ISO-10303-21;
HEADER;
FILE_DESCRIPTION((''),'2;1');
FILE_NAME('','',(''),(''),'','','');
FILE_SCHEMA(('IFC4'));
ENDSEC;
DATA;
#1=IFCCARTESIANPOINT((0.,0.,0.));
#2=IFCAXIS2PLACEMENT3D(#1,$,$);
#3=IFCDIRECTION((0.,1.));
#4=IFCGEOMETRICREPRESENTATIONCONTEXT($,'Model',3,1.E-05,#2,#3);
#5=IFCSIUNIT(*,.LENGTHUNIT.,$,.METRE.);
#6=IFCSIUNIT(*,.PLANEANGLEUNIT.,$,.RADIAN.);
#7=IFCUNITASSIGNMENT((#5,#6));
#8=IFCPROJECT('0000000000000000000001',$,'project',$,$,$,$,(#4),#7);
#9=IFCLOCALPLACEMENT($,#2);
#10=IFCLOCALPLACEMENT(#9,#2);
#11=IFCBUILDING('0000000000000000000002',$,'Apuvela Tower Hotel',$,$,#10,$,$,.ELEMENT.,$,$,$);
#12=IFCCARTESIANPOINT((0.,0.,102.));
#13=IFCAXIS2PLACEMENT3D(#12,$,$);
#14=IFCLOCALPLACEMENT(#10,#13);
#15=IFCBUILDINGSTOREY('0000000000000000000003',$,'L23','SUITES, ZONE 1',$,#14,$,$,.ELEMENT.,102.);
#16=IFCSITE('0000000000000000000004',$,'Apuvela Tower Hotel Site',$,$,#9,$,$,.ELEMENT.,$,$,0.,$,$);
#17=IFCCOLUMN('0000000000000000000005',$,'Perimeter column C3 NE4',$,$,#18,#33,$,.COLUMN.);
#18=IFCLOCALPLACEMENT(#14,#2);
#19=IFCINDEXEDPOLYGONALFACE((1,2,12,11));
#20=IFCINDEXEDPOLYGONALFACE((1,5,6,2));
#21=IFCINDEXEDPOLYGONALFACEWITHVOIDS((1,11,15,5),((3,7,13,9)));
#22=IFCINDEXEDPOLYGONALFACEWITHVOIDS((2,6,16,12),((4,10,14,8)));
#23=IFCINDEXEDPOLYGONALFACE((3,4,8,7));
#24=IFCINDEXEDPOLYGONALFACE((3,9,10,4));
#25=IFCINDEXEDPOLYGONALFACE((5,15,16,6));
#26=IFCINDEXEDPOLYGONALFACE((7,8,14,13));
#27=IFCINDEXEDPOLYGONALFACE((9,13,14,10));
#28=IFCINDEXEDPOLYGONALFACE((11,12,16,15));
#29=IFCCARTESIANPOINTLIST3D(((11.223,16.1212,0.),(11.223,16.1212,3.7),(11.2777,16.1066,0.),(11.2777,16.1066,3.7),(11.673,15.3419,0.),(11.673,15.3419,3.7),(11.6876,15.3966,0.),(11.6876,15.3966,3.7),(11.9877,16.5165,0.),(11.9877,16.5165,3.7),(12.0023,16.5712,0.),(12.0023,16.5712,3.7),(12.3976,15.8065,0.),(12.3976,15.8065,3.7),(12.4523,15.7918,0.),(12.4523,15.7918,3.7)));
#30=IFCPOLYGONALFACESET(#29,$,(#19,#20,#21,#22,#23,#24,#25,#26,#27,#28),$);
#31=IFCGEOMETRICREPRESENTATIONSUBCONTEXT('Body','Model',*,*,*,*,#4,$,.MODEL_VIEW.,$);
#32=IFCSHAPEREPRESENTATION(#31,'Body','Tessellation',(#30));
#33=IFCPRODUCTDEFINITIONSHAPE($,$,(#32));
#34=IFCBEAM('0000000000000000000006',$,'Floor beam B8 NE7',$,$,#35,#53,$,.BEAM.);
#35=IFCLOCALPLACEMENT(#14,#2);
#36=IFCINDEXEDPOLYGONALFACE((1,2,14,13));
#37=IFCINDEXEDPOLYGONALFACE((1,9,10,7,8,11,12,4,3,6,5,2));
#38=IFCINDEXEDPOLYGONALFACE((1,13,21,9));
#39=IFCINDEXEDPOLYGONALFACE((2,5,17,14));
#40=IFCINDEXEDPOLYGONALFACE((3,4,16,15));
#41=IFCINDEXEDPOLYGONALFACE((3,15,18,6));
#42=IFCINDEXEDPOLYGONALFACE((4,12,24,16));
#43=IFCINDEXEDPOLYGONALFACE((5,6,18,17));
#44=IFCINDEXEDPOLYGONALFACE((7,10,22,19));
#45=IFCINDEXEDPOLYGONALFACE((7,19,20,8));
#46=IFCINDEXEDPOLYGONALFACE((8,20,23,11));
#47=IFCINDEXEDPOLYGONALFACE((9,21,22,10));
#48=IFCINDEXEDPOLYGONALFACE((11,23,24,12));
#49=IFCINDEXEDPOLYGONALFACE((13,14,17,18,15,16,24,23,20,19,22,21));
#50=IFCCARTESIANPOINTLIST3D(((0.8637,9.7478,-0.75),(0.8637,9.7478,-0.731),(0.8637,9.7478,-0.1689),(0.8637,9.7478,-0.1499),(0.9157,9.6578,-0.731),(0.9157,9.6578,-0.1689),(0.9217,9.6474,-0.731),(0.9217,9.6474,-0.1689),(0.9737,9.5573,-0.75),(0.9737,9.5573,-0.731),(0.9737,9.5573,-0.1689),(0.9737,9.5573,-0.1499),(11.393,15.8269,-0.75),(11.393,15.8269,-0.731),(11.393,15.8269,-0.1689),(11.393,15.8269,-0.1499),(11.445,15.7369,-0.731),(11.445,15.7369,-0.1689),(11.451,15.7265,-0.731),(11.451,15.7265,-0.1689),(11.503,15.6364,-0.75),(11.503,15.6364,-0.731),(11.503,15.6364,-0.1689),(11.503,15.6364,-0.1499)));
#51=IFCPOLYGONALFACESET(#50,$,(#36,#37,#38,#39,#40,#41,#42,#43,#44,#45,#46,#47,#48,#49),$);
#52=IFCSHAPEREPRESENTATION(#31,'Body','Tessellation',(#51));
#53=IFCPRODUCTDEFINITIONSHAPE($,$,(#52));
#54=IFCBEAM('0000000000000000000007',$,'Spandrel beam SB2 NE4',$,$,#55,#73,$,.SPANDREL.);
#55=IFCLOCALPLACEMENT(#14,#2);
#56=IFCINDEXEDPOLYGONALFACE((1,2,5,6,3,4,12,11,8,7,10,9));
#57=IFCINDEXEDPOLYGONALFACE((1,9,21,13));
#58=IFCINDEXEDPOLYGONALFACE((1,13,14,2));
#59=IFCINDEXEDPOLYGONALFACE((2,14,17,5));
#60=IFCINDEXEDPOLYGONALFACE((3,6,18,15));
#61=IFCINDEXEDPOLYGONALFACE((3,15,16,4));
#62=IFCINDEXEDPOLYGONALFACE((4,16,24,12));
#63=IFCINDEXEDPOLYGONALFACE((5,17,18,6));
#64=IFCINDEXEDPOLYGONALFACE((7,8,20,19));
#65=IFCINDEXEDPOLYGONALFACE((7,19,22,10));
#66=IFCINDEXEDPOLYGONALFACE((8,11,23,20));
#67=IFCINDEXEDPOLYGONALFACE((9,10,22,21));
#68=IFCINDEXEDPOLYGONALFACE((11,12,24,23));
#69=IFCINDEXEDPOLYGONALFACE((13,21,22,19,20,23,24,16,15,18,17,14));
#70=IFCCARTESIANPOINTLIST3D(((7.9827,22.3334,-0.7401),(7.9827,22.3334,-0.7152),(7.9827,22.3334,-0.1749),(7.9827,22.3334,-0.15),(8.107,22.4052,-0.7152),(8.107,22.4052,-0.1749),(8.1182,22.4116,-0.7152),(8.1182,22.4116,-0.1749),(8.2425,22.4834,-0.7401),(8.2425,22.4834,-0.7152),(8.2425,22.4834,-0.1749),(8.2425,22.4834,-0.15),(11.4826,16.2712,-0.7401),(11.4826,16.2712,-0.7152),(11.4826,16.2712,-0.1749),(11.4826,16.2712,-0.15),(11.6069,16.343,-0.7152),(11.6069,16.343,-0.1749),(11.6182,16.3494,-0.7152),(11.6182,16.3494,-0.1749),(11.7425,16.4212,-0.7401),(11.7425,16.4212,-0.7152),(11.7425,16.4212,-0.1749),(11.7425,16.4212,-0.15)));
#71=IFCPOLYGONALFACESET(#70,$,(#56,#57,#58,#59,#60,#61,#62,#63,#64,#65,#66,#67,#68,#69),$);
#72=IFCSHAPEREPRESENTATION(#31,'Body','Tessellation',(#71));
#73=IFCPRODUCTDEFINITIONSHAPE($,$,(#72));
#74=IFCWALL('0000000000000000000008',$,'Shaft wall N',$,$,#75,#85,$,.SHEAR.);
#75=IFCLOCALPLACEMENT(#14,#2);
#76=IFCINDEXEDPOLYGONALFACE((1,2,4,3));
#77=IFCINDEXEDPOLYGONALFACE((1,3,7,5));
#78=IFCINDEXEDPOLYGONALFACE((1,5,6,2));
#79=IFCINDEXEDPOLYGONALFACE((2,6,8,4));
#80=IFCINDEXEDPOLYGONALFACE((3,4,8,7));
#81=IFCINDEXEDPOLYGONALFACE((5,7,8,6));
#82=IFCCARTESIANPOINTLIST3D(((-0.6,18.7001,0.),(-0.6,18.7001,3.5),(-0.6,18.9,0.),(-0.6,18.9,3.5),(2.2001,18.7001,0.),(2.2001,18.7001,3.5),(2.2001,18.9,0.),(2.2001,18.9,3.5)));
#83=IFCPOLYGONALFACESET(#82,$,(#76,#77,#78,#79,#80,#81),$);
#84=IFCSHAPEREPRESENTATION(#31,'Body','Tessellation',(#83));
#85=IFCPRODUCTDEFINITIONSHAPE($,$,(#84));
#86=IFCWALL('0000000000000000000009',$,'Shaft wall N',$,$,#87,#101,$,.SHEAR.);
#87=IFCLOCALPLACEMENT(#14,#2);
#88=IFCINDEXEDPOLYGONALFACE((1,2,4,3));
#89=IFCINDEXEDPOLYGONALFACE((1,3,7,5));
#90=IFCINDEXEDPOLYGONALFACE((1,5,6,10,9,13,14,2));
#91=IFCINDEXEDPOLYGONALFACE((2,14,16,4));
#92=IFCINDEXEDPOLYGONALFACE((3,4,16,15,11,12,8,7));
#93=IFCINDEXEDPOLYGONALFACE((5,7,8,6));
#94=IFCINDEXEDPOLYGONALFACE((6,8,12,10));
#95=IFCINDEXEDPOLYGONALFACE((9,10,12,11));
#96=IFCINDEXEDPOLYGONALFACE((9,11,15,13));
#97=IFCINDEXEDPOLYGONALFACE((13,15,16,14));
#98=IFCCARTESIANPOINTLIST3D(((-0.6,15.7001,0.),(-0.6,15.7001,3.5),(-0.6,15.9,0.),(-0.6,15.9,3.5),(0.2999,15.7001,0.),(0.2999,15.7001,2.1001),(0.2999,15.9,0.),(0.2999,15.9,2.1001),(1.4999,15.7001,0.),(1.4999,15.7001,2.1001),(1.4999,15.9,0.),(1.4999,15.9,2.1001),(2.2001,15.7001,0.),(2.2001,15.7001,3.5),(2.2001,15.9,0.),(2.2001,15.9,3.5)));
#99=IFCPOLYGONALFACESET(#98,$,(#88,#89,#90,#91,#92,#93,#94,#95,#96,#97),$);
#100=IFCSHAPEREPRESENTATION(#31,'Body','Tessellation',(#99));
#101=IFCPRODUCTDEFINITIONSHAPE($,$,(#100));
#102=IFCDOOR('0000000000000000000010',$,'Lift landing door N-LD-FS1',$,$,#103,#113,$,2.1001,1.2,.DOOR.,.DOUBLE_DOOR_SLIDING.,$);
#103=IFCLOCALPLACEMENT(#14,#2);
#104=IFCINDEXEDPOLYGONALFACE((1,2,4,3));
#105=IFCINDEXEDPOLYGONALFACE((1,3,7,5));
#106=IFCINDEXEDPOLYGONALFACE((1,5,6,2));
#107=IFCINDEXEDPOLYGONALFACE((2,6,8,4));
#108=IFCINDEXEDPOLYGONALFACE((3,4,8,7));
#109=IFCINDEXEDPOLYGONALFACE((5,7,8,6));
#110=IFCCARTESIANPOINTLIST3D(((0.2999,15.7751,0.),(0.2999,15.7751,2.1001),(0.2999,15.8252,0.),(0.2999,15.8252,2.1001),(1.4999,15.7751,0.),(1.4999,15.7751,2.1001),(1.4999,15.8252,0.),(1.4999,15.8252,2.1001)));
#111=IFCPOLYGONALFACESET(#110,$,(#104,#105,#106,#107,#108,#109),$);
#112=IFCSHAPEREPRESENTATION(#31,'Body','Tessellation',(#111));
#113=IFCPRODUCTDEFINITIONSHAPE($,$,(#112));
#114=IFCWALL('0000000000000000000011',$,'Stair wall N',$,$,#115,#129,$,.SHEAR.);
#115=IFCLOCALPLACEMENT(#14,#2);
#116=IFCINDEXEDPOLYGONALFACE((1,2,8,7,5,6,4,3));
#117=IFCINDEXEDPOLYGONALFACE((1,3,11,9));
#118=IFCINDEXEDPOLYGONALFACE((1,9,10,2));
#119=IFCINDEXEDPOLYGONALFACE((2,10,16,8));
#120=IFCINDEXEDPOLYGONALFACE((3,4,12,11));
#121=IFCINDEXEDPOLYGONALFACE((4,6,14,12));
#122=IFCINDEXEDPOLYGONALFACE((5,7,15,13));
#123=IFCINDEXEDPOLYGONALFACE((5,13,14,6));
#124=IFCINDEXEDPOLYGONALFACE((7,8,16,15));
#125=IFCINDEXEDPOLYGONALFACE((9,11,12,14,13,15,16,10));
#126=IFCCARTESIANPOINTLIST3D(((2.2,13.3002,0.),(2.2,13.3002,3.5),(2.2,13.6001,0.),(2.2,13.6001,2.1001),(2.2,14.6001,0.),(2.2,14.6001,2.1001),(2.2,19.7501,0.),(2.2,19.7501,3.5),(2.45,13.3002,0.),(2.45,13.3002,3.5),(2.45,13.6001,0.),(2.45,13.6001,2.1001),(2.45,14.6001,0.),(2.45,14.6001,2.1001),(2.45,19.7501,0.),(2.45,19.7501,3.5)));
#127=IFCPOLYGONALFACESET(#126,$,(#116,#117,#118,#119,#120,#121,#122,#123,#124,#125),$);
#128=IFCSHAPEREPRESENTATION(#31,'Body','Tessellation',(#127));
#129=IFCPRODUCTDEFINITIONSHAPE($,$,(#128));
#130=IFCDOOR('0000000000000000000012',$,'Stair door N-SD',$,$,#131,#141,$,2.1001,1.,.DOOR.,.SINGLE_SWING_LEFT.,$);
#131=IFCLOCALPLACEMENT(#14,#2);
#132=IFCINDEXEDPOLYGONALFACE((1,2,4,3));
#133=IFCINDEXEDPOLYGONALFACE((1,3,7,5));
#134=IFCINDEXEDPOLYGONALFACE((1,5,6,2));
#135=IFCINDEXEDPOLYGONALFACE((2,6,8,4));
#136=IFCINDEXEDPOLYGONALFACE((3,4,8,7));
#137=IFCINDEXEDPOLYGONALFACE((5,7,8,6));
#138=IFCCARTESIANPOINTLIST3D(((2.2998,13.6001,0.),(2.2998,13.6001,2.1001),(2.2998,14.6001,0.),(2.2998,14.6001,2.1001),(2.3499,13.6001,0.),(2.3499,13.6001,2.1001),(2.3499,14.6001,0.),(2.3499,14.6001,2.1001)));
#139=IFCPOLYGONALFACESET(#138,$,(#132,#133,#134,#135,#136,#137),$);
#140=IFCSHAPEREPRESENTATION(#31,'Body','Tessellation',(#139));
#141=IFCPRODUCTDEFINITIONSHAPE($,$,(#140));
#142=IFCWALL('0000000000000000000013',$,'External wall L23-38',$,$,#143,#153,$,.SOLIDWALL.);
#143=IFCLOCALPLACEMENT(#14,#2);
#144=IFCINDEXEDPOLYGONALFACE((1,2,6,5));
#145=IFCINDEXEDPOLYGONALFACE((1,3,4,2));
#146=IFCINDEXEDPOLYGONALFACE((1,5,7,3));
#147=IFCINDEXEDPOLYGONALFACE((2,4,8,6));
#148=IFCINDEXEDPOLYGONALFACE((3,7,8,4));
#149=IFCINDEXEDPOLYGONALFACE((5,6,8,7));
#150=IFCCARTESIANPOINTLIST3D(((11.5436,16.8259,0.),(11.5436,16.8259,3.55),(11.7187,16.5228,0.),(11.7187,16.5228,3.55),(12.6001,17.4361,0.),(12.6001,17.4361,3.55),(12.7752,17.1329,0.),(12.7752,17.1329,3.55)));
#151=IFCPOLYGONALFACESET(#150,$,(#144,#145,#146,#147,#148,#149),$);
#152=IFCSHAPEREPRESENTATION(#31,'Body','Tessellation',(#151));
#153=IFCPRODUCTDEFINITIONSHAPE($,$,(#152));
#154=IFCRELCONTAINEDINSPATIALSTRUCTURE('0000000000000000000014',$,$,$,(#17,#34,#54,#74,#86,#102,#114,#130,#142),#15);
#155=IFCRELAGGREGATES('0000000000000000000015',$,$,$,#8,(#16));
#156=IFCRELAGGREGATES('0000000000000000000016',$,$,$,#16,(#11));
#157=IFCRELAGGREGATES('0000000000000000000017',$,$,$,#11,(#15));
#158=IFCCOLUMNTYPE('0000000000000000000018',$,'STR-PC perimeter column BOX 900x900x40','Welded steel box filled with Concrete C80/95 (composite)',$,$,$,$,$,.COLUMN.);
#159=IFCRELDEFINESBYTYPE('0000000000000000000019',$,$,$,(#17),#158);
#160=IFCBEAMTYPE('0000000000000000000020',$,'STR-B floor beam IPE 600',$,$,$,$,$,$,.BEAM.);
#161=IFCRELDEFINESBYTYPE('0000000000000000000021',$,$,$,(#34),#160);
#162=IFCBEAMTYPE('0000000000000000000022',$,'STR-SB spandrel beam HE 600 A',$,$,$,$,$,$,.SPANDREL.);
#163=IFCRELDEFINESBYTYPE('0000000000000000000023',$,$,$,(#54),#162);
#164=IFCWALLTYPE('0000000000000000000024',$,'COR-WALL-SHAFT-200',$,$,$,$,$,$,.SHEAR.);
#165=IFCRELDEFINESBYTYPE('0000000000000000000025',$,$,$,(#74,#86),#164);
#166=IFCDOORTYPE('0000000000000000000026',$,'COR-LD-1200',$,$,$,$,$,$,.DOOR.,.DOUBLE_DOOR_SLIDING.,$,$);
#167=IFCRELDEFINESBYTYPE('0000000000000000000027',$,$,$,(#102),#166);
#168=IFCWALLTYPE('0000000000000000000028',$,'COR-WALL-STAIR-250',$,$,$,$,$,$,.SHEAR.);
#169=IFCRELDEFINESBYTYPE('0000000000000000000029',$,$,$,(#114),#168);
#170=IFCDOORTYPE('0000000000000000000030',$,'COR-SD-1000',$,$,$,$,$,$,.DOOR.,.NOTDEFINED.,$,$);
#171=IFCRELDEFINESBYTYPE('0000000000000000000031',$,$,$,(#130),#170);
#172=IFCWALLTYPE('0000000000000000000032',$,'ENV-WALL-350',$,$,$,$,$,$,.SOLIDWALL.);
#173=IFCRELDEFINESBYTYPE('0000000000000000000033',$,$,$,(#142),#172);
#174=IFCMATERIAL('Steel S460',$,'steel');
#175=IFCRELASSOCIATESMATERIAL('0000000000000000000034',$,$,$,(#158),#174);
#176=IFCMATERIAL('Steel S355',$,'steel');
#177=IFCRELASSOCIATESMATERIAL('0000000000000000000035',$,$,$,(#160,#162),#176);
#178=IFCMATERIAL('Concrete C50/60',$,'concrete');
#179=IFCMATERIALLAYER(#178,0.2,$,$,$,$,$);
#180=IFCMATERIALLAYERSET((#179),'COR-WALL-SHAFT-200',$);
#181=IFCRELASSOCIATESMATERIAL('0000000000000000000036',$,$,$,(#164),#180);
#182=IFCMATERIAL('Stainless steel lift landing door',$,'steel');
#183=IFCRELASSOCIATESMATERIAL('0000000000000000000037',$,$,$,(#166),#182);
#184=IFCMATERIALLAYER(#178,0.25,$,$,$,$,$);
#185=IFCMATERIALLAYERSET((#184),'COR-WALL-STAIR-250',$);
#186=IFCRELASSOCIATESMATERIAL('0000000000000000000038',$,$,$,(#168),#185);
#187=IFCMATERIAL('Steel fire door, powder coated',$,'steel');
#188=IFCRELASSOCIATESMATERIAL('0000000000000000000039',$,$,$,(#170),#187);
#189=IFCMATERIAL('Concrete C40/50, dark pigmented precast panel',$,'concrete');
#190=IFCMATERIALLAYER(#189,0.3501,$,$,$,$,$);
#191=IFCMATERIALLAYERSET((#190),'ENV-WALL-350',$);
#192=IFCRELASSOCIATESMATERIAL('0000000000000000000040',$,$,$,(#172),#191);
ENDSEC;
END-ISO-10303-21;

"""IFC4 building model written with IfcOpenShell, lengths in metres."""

from ifc_helpers import new_model, si_unit, direction, frame, frame_2d, origin, origin_2d, place, context, subcontext, project, spatial, rectangle, hollow_rectangle, i_section, extrude, material, layer, layer_set, material_profile, profile_set, type_object, element, fill, save


model = new_model("IFC4")

# Units and contexts
model_context = context("Model", 3, precision=1e-05, world=origin(), true_north=direction((0.0, 1.0)))
body_context = subcontext(model_context, "Body", "Model", "MODEL_VIEW")
ifc_project = project(units=[si_unit("LENGTHUNIT", "METRE"), si_unit("PLANEANGLEUNIT", "RADIAN")], contexts=[model_context])

# Site, building, storey
site_placement = place(None, origin())
site = spatial("IfcSite", under=ifc_project, at=site_placement, Name="Apuvela Tower Hotel Site", CompositionType="ELEMENT", RefElevation=0.0)
building_placement = place(site_placement, origin())
building = spatial("IfcBuilding", under=site, at=building_placement, Name="Apuvela Tower Hotel", CompositionType="ELEMENT")
storey_placement = place(building_placement, frame((0.0, 0.0, 102.0)))
storey = spatial("IfcBuildingStorey", under=building, at=storey_placement, Name="L23", Description="SUITES, ZONE 1", CompositionType="ELEMENT", Elevation=102.0)

# Column
ifc_material_1 = material(Name="Steel S460", Category="steel")
ifc_material_profile_1 = material_profile(ifc_material_1, hollow_rectangle(XDim=0.8999, YDim=0.8999, WallThickness=0.04, at=origin_2d()), Name="BOX 900x900x40")
ifc_material_2 = material(Name="Concrete C80/95", Category="concrete")
ifc_material_profile_2 = material_profile(ifc_material_2, rectangle(XDim=0.8201, YDim=0.8201, at=origin_2d()), Name="Concrete C80/95 infill")
ifc_profile_set_1 = profile_set([ifc_material_profile_1, ifc_material_profile_2], Name="Steel S460")
column_type = type_object("IfcColumnType", Name="STR-PC perimeter column BOX 900x900x40", Description="Welded steel box filled with Concrete C80/95 (composite)", PredefinedType="COLUMN", material=ifc_profile_set_1)
column_placement = place(storey_placement, frame((11.8376, 15.9565, 0.0), z_axis=(0.0, 0.0, 1.0), x_axis=(-0.5, 0.866025, 0.0)))
element("IfcColumn", 1, at=column_placement, inside=storey, type_object=column_type, Name="Perimeter column C3 NE4", PredefinedType="COLUMN", context=body_context, shape_type="SweptSolid", body=[
    extrude(hollow_rectangle(XDim=0.8999, YDim=0.8999, WallThickness=0.04, at=origin_2d()), origin(), (0.0, 0.0, 1.0), 3.7),
])

# Beams
ifc_material_3 = material(Name="Steel S355", Category="steel")
ifc_material_profile_3 = material_profile(ifc_material_3, i_section(OverallWidth=0.22, OverallDepth=0.6001, WebThickness=0.012, FlangeThickness=0.019, at=origin_2d()), Name="IPE 600")
ifc_profile_set_2 = profile_set([ifc_material_profile_3], Name="Steel S355")
beam_type_1 = type_object("IfcBeamType", Name="STR-B floor beam IPE 600", PredefinedType="BEAM", material=ifc_profile_set_2)
beam_1_placement = place(storey_placement, frame((11.448, 15.7317, -0.45), z_axis=(-0.866025, -0.500001, 0.0), x_axis=(0.500001, -0.866025, 0.0)))
element("IfcBeam", 2, at=beam_1_placement, inside=storey, type_object=beam_type_1, Name="Floor beam B8 NE7", PredefinedType="BEAM", context=body_context, shape_type="SweptSolid", body=[
    extrude(i_section(OverallWidth=0.22, OverallDepth=0.6001, WebThickness=0.012, FlangeThickness=0.019, at=origin_2d()), origin(), (0.0, 0.0, 1.0), 12.1582),
])
ifc_material_profile_4 = material_profile(ifc_material_3, i_section(OverallWidth=0.3, OverallDepth=0.5901, WebThickness=0.0129, FlangeThickness=0.0249, at=origin_2d()), Name="HE 600 A")
ifc_profile_set_3 = profile_set([ifc_material_profile_4], Name="Steel S355")
beam_type_2 = type_object("IfcBeamType", Name="STR-SB spandrel beam HE 600 A", PredefinedType="SPANDREL", material=ifc_profile_set_3)
beam_2_placement = place(storey_placement, frame((11.6125, 16.3462, -0.4451), z_axis=(-0.499995, 0.866028, 0.0), x_axis=(-0.866028, -0.499995, 0.0)))
element("IfcBeam", 3, at=beam_2_placement, inside=storey, type_object=beam_type_2, Name="Spandrel beam SB2 NE4", PredefinedType="SPANDREL", context=body_context, shape_type="SweptSolid", body=[
    extrude(i_section(OverallWidth=0.3, OverallDepth=0.5901, WebThickness=0.0129, FlangeThickness=0.0249, at=origin_2d()), origin(), (0.0, 0.0, 1.0), 7.0),
])

# Wall
ifc_material_4 = material(Name="Concrete C50/60", Category="concrete")
ifc_layer_1 = layer(ifc_material_4, 0.2)
ifc_layer_set_1 = layer_set([ifc_layer_1], Name="COR-WALL-SHAFT-200")
wall_type_1 = type_object("IfcWallType", Name="COR-WALL-SHAFT-200", PredefinedType="SHEAR", material=ifc_layer_set_1)
wall_1_placement = place(storey_placement, frame((2.2, 18.8, 0.0), z_axis=(0.0, 0.0, 1.0), x_axis=(-1.0, 0.0, 0.0)))
element("IfcWall", 4, at=wall_1_placement, inside=storey, type_object=wall_type_1, Name="Shaft wall N", PredefinedType="SHEAR", context=body_context, shape_type="SweptSolid", body=[
    extrude(rectangle(XDim=2.8, YDim=0.2, at=frame_2d((1.3999, 0.0))), origin(), (0.0, 0.0, 1.0), 3.5),
])

# Walls, openings, doors
wall_2_placement = place(storey_placement, frame((2.2, 15.8, 0.0), z_axis=(0.0, 0.0, 1.0), x_axis=(-1.0, 0.0, 0.0)))
wall_2 = element("IfcWall", 5, at=wall_2_placement, inside=storey, type_object=wall_type_1, Name="Shaft wall N", PredefinedType="SHEAR", context=body_context, shape_type="SweptSolid", body=[
    extrude(rectangle(XDim=2.8, YDim=0.2, at=frame_2d((1.3999, 0.0))), origin(), (0.0, 0.0, 1.0), 3.5),
])
opening_1_placement = place(wall_2_placement, frame((0.7, 0.0, 0.0)))
opening_1 = element("IfcOpeningElement", 6, at=opening_1_placement, cuts=wall_2, PredefinedType="OPENING", context=body_context, shape_type="SweptSolid", body=[
    extrude(rectangle(XDim=1.2, YDim=2.1001, at=frame_2d((0.6001, 1.05))), frame((0.0, 0.1099, 0.0), z_axis=(0.0, -1.0, 0.0), x_axis=(1.0, 0.0, 0.0)), (0.0, 0.0, 1.0), 0.22),
])
ifc_material_5 = material(Name="Stainless steel lift landing door", Category="steel")
door_type_1 = type_object("IfcDoorType", Name="COR-LD-1200", OperationType="DOUBLE_DOOR_SLIDING", PredefinedType="DOOR", material=ifc_material_5)
door_1_placement = place(opening_1_placement, origin())
door_1 = element("IfcDoor", 7, at=door_1_placement, inside=storey, type_object=door_type_1, Name="Lift landing door N-LD-FS1", OperationType="DOUBLE_DOOR_SLIDING", OverallHeight=2.1001, OverallWidth=1.2, PredefinedType="DOOR", context=body_context, shape_type="SweptSolid", body=[
    extrude(rectangle(XDim=1.2, YDim=2.1001, at=frame_2d((0.6001, 1.05))), frame((0.0, 0.0249, 0.0), z_axis=(0.0, -1.0, 0.0), x_axis=(1.0, 0.0, 0.0)), (0.0, 0.0, 1.0), 0.05),
])
fill(opening_1, door_1)
ifc_layer_2 = layer(ifc_material_4, 0.25)
ifc_layer_set_2 = layer_set([ifc_layer_2], Name="COR-WALL-STAIR-250")
wall_type_2 = type_object("IfcWallType", Name="COR-WALL-STAIR-250", PredefinedType="SHEAR", material=ifc_layer_set_2)
wall_3_placement = place(storey_placement, frame((2.325, 13.3, 0.0), z_axis=(0.0, 0.0, 1.0), x_axis=(0.0, 1.0, 0.0)))
wall_3 = element("IfcWall", 8, at=wall_3_placement, inside=storey, type_object=wall_type_2, Name="Stair wall N", PredefinedType="SHEAR", context=body_context, shape_type="SweptSolid", body=[
    extrude(rectangle(XDim=6.45, YDim=0.25, at=frame_2d((3.2251, 0.0))), origin(), (0.0, 0.0, 1.0), 3.5),
])
opening_2_placement = place(wall_3_placement, frame((0.3, 0.0, 0.0)))
opening_2 = element("IfcOpeningElement", 9, at=opening_2_placement, cuts=wall_3, PredefinedType="OPENING", context=body_context, shape_type="SweptSolid", body=[
    extrude(rectangle(XDim=1.0, YDim=2.1001, at=frame_2d((0.5, 1.05))), frame((0.0, 0.135, 0.0), z_axis=(0.0, -1.0, 0.0), x_axis=(1.0, 0.0, 0.0)), (0.0, 0.0, 1.0), 0.27),
])
ifc_material_6 = material(Name="Steel fire door, powder coated", Category="steel")
door_type_2 = type_object("IfcDoorType", Name="COR-SD-1000", OperationType="NOTDEFINED", PredefinedType="DOOR", material=ifc_material_6)
door_2_placement = place(opening_2_placement, frame((1.0, 0.0, 0.0), z_axis=(0.0, 0.0, 1.0), x_axis=(-1.0, 0.0, 0.0)))
door_2 = element("IfcDoor", 10, at=door_2_placement, inside=storey, type_object=door_type_2, Name="Stair door N-SD", OperationType="SINGLE_SWING_LEFT", OverallHeight=2.1001, OverallWidth=1.0, PredefinedType="DOOR", context=body_context, shape_type="SweptSolid", body=[
    extrude(rectangle(XDim=1.0, YDim=2.1001, at=frame_2d((0.5, 1.05))), frame((0.0, 0.0249, 0.0), z_axis=(0.0, -1.0, 0.0), x_axis=(1.0, 0.0, 0.0)), (0.0, 0.0, 1.0), 0.05),
])
fill(opening_2, door_2)

# Wall
ifc_material_7 = material(Name="Concrete C40/50, dark pigmented precast panel", Category="concrete")
ifc_layer_3 = layer(ifc_material_7, 0.3501)
ifc_layer_set_3 = layer_set([ifc_layer_3], Name="ENV-WALL-350")
wall_type_3 = type_object("IfcWallType", Name="ENV-WALL-350", PredefinedType="SOLIDWALL", material=ifc_layer_set_3)
wall_4_placement = place(storey_placement, frame((12.6875, 17.2844, 0.0), z_axis=(0.0, 0.0, 1.0), x_axis=(-0.865956, -0.500121, 0.0)))
element("IfcWall", 11, at=wall_4_placement, inside=storey, type_object=wall_type_3, Name="External wall L23-38", PredefinedType="SOLIDWALL", context=body_context, shape_type="SweptSolid", body=[
    extrude(rectangle(XDim=1.22, YDim=0.3501, at=frame_2d((0.6099, 0.0))), origin(), (0.0, 0.0, 1.0), 3.55),
])

save(model, "model.ifc")
